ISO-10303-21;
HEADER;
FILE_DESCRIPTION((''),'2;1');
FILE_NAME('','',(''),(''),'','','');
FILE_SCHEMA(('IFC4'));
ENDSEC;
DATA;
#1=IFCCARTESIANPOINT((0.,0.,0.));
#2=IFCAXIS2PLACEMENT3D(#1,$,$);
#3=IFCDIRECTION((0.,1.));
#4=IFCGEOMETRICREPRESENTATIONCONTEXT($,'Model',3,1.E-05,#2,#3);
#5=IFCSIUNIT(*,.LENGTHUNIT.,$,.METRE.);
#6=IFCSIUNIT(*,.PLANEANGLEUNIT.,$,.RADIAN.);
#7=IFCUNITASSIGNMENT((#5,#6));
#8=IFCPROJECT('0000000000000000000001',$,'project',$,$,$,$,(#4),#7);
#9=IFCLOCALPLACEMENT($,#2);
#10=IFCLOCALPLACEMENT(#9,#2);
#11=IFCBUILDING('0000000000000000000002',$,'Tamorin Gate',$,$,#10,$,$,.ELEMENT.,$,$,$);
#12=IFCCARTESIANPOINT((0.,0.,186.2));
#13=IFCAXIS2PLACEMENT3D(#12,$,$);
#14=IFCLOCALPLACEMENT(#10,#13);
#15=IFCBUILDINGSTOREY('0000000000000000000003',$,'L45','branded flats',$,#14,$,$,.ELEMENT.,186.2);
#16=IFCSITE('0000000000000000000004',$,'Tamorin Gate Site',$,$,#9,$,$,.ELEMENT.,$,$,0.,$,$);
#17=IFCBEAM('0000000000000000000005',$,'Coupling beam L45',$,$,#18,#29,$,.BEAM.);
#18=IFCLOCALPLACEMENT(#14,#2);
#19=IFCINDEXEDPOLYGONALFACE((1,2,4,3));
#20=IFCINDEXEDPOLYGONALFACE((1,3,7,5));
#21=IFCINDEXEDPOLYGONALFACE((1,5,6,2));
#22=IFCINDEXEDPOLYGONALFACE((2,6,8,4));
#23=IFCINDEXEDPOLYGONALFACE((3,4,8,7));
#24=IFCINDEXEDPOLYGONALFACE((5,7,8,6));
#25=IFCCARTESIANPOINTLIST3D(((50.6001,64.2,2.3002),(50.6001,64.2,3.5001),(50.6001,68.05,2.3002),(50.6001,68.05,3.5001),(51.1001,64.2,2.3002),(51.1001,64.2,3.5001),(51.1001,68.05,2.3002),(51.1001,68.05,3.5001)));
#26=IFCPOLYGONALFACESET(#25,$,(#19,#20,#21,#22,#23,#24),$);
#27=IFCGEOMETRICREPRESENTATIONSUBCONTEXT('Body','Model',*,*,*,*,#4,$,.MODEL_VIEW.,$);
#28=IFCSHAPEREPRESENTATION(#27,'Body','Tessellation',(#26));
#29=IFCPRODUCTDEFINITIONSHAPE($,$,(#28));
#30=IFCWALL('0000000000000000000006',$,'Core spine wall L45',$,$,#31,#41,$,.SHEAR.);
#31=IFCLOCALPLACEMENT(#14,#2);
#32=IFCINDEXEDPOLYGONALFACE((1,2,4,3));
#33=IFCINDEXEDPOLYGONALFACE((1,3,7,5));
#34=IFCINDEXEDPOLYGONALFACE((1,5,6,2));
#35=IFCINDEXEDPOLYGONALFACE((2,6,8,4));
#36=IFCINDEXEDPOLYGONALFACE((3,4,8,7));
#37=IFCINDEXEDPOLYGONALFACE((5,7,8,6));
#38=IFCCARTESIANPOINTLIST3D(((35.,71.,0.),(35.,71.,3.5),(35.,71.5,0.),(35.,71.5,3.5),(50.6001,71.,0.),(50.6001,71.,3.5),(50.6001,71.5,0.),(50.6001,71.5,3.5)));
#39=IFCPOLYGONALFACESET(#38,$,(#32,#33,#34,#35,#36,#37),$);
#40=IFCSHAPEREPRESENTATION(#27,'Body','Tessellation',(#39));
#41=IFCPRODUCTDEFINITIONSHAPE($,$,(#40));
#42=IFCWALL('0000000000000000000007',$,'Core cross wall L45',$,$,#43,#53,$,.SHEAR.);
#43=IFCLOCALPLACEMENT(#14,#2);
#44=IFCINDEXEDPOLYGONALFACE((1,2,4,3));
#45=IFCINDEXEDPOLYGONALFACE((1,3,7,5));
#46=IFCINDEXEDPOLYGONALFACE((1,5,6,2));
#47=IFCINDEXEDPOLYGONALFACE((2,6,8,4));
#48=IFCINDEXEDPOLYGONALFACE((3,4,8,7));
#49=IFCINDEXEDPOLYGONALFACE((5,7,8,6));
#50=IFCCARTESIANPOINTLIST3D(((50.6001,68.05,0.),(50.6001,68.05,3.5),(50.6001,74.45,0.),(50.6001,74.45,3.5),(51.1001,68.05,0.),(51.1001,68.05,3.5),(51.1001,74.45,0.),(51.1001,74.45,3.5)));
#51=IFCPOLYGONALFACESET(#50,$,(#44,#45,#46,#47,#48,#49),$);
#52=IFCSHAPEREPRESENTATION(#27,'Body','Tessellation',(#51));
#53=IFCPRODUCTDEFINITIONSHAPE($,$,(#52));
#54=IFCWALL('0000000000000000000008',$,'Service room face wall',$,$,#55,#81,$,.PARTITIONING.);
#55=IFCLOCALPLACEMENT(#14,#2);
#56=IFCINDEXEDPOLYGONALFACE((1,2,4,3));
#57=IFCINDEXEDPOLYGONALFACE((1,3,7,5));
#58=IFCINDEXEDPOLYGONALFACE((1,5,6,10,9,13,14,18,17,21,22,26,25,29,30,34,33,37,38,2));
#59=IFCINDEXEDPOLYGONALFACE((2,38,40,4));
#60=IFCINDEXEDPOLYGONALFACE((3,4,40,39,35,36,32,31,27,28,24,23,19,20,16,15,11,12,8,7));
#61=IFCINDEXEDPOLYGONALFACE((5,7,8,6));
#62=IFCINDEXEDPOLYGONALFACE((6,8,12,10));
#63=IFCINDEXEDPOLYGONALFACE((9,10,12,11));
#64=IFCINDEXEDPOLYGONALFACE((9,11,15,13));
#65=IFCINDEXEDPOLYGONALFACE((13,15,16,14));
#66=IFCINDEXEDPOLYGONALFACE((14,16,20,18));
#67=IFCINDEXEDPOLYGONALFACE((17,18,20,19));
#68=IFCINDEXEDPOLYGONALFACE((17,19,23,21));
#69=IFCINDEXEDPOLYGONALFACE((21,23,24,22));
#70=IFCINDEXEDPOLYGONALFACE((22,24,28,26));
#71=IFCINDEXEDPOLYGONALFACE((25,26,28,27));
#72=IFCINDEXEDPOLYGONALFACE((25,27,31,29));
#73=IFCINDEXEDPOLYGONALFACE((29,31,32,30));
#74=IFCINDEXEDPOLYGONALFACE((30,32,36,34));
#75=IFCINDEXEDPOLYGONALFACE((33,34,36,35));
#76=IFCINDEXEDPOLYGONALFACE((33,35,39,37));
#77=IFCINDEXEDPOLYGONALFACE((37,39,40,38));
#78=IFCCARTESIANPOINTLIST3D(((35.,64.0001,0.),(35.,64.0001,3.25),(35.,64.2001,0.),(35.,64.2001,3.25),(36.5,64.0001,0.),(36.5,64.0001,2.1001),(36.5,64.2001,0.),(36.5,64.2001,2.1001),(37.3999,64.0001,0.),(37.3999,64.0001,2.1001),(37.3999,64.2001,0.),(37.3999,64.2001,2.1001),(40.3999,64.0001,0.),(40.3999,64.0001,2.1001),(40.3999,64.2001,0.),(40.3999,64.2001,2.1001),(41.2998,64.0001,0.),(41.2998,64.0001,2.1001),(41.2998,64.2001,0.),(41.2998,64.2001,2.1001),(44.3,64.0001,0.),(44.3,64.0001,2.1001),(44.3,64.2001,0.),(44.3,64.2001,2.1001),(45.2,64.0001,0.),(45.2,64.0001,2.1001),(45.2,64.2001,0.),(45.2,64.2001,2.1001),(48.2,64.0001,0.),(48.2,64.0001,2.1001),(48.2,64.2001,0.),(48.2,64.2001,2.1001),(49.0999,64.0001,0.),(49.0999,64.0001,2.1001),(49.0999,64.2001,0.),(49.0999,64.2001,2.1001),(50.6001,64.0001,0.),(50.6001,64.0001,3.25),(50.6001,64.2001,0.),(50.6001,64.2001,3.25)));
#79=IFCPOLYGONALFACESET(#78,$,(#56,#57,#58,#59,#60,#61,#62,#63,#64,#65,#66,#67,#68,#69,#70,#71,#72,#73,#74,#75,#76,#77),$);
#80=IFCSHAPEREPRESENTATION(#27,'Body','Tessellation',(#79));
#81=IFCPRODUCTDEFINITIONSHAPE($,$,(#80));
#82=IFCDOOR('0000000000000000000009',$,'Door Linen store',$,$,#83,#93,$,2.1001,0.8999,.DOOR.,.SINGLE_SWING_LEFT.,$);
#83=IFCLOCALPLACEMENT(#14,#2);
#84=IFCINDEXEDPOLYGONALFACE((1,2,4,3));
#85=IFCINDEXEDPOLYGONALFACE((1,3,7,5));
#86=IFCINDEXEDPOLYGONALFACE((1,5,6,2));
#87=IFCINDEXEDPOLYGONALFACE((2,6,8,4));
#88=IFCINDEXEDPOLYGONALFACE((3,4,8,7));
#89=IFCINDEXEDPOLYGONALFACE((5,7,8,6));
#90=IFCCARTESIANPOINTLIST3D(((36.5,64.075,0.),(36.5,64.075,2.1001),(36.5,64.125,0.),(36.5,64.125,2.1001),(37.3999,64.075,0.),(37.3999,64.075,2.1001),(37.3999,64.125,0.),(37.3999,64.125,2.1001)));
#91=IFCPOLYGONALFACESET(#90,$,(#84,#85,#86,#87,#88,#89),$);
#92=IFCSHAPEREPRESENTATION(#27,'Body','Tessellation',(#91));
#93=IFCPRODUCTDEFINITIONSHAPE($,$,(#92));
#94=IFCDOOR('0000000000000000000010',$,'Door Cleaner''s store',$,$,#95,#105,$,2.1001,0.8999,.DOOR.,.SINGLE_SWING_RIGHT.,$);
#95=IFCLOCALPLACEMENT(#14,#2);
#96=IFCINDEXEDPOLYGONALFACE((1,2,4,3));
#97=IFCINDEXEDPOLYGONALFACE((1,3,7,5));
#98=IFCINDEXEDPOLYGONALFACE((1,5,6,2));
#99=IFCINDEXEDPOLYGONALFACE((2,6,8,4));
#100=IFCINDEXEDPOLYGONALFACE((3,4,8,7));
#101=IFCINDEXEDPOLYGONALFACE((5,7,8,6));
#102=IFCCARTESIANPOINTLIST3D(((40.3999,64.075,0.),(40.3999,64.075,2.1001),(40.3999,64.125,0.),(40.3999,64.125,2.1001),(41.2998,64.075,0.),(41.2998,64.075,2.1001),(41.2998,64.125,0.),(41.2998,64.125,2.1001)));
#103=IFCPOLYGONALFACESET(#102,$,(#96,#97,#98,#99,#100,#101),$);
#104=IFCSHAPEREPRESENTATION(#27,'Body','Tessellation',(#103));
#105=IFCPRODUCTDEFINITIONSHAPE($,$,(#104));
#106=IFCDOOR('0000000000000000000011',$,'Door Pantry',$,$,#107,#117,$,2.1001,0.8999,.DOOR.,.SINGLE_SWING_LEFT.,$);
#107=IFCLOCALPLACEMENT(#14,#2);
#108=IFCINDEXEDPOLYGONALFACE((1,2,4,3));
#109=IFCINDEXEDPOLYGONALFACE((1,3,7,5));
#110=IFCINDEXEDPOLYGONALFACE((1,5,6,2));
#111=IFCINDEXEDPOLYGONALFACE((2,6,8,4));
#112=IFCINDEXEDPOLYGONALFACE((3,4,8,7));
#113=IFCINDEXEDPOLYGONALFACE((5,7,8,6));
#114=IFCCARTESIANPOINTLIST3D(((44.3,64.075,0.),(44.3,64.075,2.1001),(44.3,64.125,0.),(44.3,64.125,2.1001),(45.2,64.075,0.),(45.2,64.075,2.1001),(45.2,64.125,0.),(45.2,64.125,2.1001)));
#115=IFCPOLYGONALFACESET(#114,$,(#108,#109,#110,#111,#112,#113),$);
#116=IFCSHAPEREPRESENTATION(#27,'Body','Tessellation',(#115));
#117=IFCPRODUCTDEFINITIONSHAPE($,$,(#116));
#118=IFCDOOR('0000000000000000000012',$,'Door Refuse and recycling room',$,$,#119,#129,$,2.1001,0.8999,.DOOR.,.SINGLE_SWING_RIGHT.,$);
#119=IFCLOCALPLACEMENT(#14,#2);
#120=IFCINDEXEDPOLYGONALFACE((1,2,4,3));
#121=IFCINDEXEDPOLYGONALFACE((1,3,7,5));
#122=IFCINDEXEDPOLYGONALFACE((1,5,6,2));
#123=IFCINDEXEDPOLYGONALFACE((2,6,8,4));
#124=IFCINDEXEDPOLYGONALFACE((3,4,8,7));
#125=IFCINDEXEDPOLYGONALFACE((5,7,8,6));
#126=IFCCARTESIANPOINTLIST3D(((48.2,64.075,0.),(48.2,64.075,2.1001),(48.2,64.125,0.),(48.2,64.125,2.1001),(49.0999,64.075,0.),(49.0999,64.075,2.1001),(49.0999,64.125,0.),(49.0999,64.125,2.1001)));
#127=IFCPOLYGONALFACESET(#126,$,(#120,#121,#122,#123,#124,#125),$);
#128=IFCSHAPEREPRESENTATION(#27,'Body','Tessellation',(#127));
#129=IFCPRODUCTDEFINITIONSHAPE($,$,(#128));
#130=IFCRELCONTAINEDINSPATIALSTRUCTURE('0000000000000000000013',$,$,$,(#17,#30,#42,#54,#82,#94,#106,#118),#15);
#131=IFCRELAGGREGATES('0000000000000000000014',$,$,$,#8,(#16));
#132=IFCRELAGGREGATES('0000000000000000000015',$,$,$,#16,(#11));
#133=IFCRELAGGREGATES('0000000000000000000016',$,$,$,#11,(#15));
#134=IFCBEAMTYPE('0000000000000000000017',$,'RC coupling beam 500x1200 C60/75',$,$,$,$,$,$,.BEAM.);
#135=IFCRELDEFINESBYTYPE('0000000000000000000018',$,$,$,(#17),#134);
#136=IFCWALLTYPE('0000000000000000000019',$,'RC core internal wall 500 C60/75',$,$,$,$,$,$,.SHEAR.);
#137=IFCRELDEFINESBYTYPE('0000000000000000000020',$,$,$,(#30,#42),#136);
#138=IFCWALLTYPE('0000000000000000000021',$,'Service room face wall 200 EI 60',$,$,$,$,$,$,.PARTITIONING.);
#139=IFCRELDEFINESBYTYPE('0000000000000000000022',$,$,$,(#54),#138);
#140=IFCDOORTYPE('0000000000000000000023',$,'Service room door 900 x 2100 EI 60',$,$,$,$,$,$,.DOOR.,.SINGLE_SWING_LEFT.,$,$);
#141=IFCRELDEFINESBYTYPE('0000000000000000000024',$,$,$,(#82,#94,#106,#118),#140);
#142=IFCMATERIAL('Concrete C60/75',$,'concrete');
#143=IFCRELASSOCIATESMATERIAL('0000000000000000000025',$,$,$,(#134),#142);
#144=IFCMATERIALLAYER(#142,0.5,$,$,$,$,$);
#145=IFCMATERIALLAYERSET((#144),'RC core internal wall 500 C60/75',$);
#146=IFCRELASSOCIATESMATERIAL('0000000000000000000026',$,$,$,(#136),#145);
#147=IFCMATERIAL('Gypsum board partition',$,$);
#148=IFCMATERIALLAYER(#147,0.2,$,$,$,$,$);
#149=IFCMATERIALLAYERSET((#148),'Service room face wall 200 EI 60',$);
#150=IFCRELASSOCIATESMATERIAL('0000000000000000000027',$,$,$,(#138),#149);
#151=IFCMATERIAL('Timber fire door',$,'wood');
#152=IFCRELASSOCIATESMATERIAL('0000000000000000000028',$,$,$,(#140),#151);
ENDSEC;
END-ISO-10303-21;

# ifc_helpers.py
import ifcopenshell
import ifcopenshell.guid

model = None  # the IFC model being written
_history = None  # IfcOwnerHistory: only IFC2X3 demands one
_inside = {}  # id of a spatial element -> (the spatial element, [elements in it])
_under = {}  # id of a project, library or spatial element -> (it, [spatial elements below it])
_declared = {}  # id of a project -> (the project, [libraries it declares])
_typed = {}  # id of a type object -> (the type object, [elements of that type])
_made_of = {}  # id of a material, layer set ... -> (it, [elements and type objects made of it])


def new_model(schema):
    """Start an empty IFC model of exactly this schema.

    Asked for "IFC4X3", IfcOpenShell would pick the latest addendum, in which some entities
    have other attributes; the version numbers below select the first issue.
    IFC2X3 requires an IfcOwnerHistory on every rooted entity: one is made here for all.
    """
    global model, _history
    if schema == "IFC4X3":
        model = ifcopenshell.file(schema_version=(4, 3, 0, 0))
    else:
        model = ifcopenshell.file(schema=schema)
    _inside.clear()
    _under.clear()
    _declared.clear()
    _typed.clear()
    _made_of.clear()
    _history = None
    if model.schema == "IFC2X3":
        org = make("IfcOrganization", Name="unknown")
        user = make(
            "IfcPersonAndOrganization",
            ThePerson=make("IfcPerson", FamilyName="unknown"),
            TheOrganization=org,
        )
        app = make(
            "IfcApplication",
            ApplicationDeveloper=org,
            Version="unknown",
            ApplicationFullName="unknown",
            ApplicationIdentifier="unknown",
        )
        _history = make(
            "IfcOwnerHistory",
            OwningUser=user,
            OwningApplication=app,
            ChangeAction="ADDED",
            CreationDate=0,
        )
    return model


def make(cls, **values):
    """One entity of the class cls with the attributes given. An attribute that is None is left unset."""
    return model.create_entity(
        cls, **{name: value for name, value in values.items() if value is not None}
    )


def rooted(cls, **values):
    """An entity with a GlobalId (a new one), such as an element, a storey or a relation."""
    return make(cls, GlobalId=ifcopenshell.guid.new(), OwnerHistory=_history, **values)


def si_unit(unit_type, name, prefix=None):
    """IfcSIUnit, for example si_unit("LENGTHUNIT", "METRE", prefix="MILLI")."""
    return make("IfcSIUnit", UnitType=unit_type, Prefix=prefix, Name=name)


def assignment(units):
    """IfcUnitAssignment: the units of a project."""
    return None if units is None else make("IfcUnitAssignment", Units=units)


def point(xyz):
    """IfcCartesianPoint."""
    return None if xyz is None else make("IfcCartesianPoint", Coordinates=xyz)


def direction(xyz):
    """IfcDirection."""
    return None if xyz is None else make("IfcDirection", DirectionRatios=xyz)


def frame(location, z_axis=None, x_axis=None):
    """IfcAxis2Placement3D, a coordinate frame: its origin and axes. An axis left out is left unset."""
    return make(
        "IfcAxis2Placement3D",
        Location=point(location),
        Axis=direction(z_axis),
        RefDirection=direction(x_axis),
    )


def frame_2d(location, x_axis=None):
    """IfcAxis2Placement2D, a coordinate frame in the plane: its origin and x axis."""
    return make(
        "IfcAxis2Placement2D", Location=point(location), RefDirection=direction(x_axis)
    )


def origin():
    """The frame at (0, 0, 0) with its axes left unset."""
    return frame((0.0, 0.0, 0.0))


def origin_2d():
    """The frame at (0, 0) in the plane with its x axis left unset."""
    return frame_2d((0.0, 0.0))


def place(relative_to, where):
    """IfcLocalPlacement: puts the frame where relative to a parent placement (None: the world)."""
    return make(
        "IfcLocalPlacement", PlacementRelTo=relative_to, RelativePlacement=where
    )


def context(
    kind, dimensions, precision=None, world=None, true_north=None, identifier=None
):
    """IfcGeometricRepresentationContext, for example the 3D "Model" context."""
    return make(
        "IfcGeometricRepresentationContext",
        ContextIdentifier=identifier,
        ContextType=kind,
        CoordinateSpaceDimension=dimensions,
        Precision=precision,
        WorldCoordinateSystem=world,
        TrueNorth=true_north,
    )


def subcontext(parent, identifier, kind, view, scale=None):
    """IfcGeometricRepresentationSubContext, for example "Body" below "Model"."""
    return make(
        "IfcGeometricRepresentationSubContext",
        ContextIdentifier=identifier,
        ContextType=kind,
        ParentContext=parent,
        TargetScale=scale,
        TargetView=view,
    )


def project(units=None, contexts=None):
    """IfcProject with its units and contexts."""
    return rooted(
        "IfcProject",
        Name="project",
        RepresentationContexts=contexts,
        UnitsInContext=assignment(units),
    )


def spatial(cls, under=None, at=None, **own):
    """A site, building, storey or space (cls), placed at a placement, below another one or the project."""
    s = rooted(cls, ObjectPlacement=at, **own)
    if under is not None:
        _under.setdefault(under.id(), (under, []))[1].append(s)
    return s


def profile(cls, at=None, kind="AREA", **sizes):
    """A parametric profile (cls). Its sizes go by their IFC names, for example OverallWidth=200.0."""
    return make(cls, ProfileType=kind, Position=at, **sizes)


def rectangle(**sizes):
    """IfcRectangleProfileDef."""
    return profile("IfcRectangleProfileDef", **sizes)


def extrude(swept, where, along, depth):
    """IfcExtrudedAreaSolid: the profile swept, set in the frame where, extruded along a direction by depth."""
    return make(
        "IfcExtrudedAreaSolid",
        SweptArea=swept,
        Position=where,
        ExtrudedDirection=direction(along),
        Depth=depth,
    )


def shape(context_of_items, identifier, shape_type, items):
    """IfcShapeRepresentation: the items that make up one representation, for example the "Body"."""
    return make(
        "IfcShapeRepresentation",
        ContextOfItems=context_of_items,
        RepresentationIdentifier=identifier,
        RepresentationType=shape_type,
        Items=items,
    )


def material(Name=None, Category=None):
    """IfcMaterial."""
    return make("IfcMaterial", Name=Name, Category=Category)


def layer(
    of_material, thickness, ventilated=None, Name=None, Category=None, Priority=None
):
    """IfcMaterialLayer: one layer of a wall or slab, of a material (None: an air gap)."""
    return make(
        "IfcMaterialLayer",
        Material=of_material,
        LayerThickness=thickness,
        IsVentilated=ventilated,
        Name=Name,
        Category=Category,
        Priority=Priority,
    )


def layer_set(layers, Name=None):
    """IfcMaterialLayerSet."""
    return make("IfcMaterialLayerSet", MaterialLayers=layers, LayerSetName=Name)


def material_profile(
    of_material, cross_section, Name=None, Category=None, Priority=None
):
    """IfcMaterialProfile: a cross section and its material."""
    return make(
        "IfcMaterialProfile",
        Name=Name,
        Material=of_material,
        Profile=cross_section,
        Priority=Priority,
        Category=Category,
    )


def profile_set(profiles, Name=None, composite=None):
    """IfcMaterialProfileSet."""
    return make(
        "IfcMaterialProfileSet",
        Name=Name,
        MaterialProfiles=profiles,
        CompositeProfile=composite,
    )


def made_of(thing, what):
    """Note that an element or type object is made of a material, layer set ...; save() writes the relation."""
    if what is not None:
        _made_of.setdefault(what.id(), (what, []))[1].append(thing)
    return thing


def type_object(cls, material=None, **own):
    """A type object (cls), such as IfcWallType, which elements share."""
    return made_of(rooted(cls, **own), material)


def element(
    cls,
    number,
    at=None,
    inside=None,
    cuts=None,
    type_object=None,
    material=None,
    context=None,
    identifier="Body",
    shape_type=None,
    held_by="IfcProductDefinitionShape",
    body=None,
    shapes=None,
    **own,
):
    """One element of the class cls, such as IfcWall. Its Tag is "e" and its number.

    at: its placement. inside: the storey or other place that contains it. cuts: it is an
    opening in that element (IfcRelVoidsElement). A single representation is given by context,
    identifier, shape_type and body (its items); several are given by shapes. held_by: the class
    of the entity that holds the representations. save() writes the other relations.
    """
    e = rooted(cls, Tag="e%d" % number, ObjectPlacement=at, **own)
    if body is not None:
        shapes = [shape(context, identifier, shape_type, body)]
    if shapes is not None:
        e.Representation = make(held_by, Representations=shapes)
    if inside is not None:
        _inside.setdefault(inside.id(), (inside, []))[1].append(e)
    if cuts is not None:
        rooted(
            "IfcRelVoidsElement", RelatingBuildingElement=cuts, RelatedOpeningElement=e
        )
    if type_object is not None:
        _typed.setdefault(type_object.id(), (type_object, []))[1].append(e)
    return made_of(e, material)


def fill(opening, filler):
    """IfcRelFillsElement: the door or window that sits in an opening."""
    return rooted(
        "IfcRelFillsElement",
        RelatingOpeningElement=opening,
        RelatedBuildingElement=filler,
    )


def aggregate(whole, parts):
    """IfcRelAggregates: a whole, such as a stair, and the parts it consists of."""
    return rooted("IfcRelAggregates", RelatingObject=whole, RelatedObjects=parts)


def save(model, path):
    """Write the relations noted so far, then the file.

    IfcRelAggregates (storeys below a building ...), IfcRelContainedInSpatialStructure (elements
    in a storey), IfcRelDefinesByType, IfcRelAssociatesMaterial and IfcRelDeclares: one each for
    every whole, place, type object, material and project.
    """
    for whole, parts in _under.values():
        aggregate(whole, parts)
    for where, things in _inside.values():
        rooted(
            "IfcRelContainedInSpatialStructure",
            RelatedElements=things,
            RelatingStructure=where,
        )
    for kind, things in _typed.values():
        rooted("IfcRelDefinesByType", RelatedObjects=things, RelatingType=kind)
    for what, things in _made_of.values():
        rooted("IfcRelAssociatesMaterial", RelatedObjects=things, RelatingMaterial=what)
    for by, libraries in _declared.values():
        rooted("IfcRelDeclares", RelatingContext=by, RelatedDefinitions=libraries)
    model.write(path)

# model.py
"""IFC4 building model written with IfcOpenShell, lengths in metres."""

from ifc_helpers import new_model, si_unit, direction, frame, frame_2d, origin, origin_2d, place, context, subcontext, project, spatial, rectangle, extrude, material, layer, layer_set, material_profile, profile_set, type_object, element, fill, save


model = new_model("IFC4")

# Units and contexts
model_context = context("Model", 3, precision=1e-05, world=origin(), true_north=direction((0.0, 1.0)))
body_context = subcontext(model_context, "Body", "Model", "MODEL_VIEW")
ifc_project = project(units=[si_unit("LENGTHUNIT", "METRE"), si_unit("PLANEANGLEUNIT", "RADIAN")], contexts=[model_context])

# Site, building, storey
site_placement = place(None, origin())
site = spatial("IfcSite", under=ifc_project, at=site_placement, Name="Tamorin Gate Site", CompositionType="ELEMENT", RefElevation=0.0)
building_placement = place(site_placement, origin())
building = spatial("IfcBuilding", under=site, at=building_placement, Name="Tamorin Gate", CompositionType="ELEMENT")
storey_placement = place(building_placement, frame((0.0, 0.0, 186.2)))
storey = spatial("IfcBuildingStorey", under=building, at=storey_placement, Name="L45", Description="branded flats", CompositionType="ELEMENT", Elevation=186.2)

# Beam
ifc_material_1 = material(Name="Concrete C60/75", Category="concrete")
ifc_material_profile = material_profile(ifc_material_1, rectangle(XDim=0.5, YDim=1.2, at=origin_2d()), Name="RC 500x1200")
ifc_profile_set = profile_set([ifc_material_profile], Name="Concrete C60/75")
beam_type = type_object("IfcBeamType", Name="RC coupling beam 500x1200 C60/75", PredefinedType="BEAM", material=ifc_profile_set)
beam_placement = place(storey_placement, frame((50.8501, 64.2, 2.9001), z_axis=(0.0, 1.0, 0.0), x_axis=(-1.0, 0.0, 0.0)))
element("IfcBeam", 1, at=beam_placement, inside=storey, type_object=beam_type, Name="Coupling beam L45", PredefinedType="BEAM", context=body_context, shape_type="SweptSolid", body=[
    extrude(rectangle(XDim=0.5, YDim=1.2, at=origin_2d()), origin(), (0.0, 0.0, 1.0), 3.8501),
])

# Walls
ifc_layer_1 = layer(ifc_material_1, 0.5)
ifc_layer_set_1 = layer_set([ifc_layer_1], Name="RC core internal wall 500 C60/75")
wall_type_1 = type_object("IfcWallType", Name="RC core internal wall 500 C60/75", PredefinedType="SHEAR", material=ifc_layer_set_1)
wall_1_placement = place(storey_placement, frame((35.0, 71.25, 0.0), z_axis=(0.0, 0.0, 1.0), x_axis=(1.0, 0.0, 0.0)))
element("IfcWall", 2, at=wall_1_placement, inside=storey, type_object=wall_type_1, Name="Core spine wall L45", PredefinedType="SHEAR", context=body_context, shape_type="SweptSolid", body=[
    extrude(rectangle(XDim=15.6001, YDim=0.5, at=frame_2d((7.8, 0.0))), origin(), (0.0, 0.0, 1.0), 3.5),
])
wall_2_placement = place(storey_placement, frame((50.8501, 68.05, 0.0), z_axis=(0.0, 0.0, 1.0), x_axis=(0.0, 1.0, 0.0)))
element("IfcWall", 3, at=wall_2_placement, inside=storey, type_object=wall_type_1, Name="Core cross wall L45", PredefinedType="SHEAR", context=body_context, shape_type="SweptSolid", body=[
    extrude(rectangle(XDim=6.3999, YDim=0.5, at=frame_2d((3.2, 0.0))), origin(), (0.0, 0.0, 1.0), 3.5),
])

# Wall, openings, doors
ifc_material_2 = material(Name="Gypsum board partition")
ifc_layer_2 = layer(ifc_material_2, 0.2)
ifc_layer_set_2 = layer_set([ifc_layer_2], Name="Service room face wall 200 EI 60")
wall_type_2 = type_object("IfcWallType", Name="Service room face wall 200 EI 60", PredefinedType="PARTITIONING", material=ifc_layer_set_2)
wall_3_placement = place(storey_placement, frame((35.0, 64.1001, 0.0), z_axis=(0.0, 0.0, 1.0), x_axis=(1.0, 0.0, 0.0)))
wall_3 = element("IfcWall", 4, at=wall_3_placement, inside=storey, type_object=wall_type_2, Name="Service room face wall", PredefinedType="PARTITIONING", context=body_context, shape_type="SweptSolid", body=[
    extrude(rectangle(XDim=15.6001, YDim=0.2, at=frame_2d((7.8, 0.0))), origin(), (0.0, 0.0, 1.0), 3.25),
])
opening_1_placement = place(wall_3_placement, frame((1.5, 0.0, 0.0)))
opening_1 = element("IfcOpeningElement", 5, at=opening_1_placement, cuts=wall_3, PredefinedType="OPENING", context=body_context, shape_type="SweptSolid", body=[
    extrude(rectangle(XDim=0.8999, YDim=2.1001, at=frame_2d((0.45, 1.05))), frame((0.0, 0.1099, 0.0), z_axis=(0.0, -1.0, 0.0), x_axis=(1.0, 0.0, 0.0)), (0.0, 0.0, 1.0), 0.22),
])
opening_2_placement = place(wall_3_placement, frame((5.3999, 0.0, 0.0)))
opening_2 = element("IfcOpeningElement", 6, at=opening_2_placement, cuts=wall_3, PredefinedType="OPENING", context=body_context, shape_type="SweptSolid", body=[
    extrude(rectangle(XDim=0.8999, YDim=2.1001, at=frame_2d((0.45, 1.05))), frame((0.0, 0.1099, 0.0), z_axis=(0.0, -1.0, 0.0), x_axis=(1.0, 0.0, 0.0)), (0.0, 0.0, 1.0), 0.22),
])
opening_3_placement = place(wall_3_placement, frame((9.3, 0.0, 0.0)))
opening_3 = element("IfcOpeningElement", 7, at=opening_3_placement, cuts=wall_3, PredefinedType="OPENING", context=body_context, shape_type="SweptSolid", body=[
    extrude(rectangle(XDim=0.8999, YDim=2.1001, at=frame_2d((0.45, 1.05))), frame((0.0, 0.1099, 0.0), z_axis=(0.0, -1.0, 0.0), x_axis=(1.0, 0.0, 0.0)), (0.0, 0.0, 1.0), 0.22),
])
opening_4_placement = place(wall_3_placement, frame((13.2, 0.0, 0.0)))
opening_4 = element("IfcOpeningElement", 8, at=opening_4_placement, cuts=wall_3, PredefinedType="OPENING", context=body_context, shape_type="SweptSolid", body=[
    extrude(rectangle(XDim=0.8999, YDim=2.1001, at=frame_2d((0.45, 1.05))), frame((0.0, 0.1099, 0.0), z_axis=(0.0, -1.0, 0.0), x_axis=(1.0, 0.0, 0.0)), (0.0, 0.0, 1.0), 0.22),
])
ifc_material_3 = material(Name="Timber fire door", Category="wood")
door_type = type_object("IfcDoorType", Name="Service room door 900 x 2100 EI 60", OperationType="SINGLE_SWING_LEFT", PredefinedType="DOOR", material=ifc_material_3)
door_1_placement = place(opening_1_placement, origin())
door_1 = element("IfcDoor", 9, at=door_1_placement, inside=storey, type_object=door_type, Name="Door Linen store", OperationType="SINGLE_SWING_LEFT", OverallHeight=2.1001, OverallWidth=0.8999, PredefinedType="DOOR", context=body_context, shape_type="SweptSolid", body=[
    extrude(rectangle(XDim=0.8999, YDim=2.1001, at=frame_2d((0.45, 1.05))), frame((0.0, 0.0249, 0.0), z_axis=(0.0, -1.0, 0.0), x_axis=(1.0, 0.0, 0.0)), (0.0, 0.0, 1.0), 0.05),
])
fill(opening_1, door_1)
door_2_placement = place(opening_2_placement, origin())
door_2 = element("IfcDoor", 10, at=door_2_placement, inside=storey, type_object=door_type, Name="Door Cleaner's store", OperationType="SINGLE_SWING_RIGHT", OverallHeight=2.1001, OverallWidth=0.8999, PredefinedType="DOOR", context=body_context, shape_type="SweptSolid", body=[
    extrude(rectangle(XDim=0.8999, YDim=2.1001, at=frame_2d((0.45, 1.05))), frame((0.0, 0.0249, 0.0), z_axis=(0.0, -1.0, 0.0), x_axis=(1.0, 0.0, 0.0)), (0.0, 0.0, 1.0), 0.05),
])
fill(opening_2, door_2)
door_3_placement = place(opening_3_placement, origin())
door_3 = element("IfcDoor", 11, at=door_3_placement, inside=storey, type_object=door_type, Name="Door Pantry", OperationType="SINGLE_SWING_LEFT", OverallHeight=2.1001, OverallWidth=0.8999, PredefinedType="DOOR", context=body_context, shape_type="SweptSolid", body=[
    extrude(rectangle(XDim=0.8999, YDim=2.1001, at=frame_2d((0.45, 1.05))), frame((0.0, 0.0249, 0.0), z_axis=(0.0, -1.0, 0.0), x_axis=(1.0, 0.0, 0.0)), (0.0, 0.0, 1.0), 0.05),
])
fill(opening_3, door_3)
door_4_placement = place(opening_4_placement, origin())
door_4 = element("IfcDoor", 12, at=door_4_placement, inside=storey, type_object=door_type, Name="Door Refuse and recycling room", OperationType="SINGLE_SWING_RIGHT", OverallHeight=2.1001, OverallWidth=0.8999, PredefinedType="DOOR", context=body_context, shape_type="SweptSolid", body=[
    extrude(rectangle(XDim=0.8999, YDim=2.1001, at=frame_2d((0.45, 1.05))), frame((0.0, 0.0249, 0.0), z_axis=(0.0, -1.0, 0.0), x_axis=(1.0, 0.0, 0.0)), (0.0, 0.0, 1.0), 0.05),
])
fill(opening_4, door_4)

save(model, "model.ifc")
